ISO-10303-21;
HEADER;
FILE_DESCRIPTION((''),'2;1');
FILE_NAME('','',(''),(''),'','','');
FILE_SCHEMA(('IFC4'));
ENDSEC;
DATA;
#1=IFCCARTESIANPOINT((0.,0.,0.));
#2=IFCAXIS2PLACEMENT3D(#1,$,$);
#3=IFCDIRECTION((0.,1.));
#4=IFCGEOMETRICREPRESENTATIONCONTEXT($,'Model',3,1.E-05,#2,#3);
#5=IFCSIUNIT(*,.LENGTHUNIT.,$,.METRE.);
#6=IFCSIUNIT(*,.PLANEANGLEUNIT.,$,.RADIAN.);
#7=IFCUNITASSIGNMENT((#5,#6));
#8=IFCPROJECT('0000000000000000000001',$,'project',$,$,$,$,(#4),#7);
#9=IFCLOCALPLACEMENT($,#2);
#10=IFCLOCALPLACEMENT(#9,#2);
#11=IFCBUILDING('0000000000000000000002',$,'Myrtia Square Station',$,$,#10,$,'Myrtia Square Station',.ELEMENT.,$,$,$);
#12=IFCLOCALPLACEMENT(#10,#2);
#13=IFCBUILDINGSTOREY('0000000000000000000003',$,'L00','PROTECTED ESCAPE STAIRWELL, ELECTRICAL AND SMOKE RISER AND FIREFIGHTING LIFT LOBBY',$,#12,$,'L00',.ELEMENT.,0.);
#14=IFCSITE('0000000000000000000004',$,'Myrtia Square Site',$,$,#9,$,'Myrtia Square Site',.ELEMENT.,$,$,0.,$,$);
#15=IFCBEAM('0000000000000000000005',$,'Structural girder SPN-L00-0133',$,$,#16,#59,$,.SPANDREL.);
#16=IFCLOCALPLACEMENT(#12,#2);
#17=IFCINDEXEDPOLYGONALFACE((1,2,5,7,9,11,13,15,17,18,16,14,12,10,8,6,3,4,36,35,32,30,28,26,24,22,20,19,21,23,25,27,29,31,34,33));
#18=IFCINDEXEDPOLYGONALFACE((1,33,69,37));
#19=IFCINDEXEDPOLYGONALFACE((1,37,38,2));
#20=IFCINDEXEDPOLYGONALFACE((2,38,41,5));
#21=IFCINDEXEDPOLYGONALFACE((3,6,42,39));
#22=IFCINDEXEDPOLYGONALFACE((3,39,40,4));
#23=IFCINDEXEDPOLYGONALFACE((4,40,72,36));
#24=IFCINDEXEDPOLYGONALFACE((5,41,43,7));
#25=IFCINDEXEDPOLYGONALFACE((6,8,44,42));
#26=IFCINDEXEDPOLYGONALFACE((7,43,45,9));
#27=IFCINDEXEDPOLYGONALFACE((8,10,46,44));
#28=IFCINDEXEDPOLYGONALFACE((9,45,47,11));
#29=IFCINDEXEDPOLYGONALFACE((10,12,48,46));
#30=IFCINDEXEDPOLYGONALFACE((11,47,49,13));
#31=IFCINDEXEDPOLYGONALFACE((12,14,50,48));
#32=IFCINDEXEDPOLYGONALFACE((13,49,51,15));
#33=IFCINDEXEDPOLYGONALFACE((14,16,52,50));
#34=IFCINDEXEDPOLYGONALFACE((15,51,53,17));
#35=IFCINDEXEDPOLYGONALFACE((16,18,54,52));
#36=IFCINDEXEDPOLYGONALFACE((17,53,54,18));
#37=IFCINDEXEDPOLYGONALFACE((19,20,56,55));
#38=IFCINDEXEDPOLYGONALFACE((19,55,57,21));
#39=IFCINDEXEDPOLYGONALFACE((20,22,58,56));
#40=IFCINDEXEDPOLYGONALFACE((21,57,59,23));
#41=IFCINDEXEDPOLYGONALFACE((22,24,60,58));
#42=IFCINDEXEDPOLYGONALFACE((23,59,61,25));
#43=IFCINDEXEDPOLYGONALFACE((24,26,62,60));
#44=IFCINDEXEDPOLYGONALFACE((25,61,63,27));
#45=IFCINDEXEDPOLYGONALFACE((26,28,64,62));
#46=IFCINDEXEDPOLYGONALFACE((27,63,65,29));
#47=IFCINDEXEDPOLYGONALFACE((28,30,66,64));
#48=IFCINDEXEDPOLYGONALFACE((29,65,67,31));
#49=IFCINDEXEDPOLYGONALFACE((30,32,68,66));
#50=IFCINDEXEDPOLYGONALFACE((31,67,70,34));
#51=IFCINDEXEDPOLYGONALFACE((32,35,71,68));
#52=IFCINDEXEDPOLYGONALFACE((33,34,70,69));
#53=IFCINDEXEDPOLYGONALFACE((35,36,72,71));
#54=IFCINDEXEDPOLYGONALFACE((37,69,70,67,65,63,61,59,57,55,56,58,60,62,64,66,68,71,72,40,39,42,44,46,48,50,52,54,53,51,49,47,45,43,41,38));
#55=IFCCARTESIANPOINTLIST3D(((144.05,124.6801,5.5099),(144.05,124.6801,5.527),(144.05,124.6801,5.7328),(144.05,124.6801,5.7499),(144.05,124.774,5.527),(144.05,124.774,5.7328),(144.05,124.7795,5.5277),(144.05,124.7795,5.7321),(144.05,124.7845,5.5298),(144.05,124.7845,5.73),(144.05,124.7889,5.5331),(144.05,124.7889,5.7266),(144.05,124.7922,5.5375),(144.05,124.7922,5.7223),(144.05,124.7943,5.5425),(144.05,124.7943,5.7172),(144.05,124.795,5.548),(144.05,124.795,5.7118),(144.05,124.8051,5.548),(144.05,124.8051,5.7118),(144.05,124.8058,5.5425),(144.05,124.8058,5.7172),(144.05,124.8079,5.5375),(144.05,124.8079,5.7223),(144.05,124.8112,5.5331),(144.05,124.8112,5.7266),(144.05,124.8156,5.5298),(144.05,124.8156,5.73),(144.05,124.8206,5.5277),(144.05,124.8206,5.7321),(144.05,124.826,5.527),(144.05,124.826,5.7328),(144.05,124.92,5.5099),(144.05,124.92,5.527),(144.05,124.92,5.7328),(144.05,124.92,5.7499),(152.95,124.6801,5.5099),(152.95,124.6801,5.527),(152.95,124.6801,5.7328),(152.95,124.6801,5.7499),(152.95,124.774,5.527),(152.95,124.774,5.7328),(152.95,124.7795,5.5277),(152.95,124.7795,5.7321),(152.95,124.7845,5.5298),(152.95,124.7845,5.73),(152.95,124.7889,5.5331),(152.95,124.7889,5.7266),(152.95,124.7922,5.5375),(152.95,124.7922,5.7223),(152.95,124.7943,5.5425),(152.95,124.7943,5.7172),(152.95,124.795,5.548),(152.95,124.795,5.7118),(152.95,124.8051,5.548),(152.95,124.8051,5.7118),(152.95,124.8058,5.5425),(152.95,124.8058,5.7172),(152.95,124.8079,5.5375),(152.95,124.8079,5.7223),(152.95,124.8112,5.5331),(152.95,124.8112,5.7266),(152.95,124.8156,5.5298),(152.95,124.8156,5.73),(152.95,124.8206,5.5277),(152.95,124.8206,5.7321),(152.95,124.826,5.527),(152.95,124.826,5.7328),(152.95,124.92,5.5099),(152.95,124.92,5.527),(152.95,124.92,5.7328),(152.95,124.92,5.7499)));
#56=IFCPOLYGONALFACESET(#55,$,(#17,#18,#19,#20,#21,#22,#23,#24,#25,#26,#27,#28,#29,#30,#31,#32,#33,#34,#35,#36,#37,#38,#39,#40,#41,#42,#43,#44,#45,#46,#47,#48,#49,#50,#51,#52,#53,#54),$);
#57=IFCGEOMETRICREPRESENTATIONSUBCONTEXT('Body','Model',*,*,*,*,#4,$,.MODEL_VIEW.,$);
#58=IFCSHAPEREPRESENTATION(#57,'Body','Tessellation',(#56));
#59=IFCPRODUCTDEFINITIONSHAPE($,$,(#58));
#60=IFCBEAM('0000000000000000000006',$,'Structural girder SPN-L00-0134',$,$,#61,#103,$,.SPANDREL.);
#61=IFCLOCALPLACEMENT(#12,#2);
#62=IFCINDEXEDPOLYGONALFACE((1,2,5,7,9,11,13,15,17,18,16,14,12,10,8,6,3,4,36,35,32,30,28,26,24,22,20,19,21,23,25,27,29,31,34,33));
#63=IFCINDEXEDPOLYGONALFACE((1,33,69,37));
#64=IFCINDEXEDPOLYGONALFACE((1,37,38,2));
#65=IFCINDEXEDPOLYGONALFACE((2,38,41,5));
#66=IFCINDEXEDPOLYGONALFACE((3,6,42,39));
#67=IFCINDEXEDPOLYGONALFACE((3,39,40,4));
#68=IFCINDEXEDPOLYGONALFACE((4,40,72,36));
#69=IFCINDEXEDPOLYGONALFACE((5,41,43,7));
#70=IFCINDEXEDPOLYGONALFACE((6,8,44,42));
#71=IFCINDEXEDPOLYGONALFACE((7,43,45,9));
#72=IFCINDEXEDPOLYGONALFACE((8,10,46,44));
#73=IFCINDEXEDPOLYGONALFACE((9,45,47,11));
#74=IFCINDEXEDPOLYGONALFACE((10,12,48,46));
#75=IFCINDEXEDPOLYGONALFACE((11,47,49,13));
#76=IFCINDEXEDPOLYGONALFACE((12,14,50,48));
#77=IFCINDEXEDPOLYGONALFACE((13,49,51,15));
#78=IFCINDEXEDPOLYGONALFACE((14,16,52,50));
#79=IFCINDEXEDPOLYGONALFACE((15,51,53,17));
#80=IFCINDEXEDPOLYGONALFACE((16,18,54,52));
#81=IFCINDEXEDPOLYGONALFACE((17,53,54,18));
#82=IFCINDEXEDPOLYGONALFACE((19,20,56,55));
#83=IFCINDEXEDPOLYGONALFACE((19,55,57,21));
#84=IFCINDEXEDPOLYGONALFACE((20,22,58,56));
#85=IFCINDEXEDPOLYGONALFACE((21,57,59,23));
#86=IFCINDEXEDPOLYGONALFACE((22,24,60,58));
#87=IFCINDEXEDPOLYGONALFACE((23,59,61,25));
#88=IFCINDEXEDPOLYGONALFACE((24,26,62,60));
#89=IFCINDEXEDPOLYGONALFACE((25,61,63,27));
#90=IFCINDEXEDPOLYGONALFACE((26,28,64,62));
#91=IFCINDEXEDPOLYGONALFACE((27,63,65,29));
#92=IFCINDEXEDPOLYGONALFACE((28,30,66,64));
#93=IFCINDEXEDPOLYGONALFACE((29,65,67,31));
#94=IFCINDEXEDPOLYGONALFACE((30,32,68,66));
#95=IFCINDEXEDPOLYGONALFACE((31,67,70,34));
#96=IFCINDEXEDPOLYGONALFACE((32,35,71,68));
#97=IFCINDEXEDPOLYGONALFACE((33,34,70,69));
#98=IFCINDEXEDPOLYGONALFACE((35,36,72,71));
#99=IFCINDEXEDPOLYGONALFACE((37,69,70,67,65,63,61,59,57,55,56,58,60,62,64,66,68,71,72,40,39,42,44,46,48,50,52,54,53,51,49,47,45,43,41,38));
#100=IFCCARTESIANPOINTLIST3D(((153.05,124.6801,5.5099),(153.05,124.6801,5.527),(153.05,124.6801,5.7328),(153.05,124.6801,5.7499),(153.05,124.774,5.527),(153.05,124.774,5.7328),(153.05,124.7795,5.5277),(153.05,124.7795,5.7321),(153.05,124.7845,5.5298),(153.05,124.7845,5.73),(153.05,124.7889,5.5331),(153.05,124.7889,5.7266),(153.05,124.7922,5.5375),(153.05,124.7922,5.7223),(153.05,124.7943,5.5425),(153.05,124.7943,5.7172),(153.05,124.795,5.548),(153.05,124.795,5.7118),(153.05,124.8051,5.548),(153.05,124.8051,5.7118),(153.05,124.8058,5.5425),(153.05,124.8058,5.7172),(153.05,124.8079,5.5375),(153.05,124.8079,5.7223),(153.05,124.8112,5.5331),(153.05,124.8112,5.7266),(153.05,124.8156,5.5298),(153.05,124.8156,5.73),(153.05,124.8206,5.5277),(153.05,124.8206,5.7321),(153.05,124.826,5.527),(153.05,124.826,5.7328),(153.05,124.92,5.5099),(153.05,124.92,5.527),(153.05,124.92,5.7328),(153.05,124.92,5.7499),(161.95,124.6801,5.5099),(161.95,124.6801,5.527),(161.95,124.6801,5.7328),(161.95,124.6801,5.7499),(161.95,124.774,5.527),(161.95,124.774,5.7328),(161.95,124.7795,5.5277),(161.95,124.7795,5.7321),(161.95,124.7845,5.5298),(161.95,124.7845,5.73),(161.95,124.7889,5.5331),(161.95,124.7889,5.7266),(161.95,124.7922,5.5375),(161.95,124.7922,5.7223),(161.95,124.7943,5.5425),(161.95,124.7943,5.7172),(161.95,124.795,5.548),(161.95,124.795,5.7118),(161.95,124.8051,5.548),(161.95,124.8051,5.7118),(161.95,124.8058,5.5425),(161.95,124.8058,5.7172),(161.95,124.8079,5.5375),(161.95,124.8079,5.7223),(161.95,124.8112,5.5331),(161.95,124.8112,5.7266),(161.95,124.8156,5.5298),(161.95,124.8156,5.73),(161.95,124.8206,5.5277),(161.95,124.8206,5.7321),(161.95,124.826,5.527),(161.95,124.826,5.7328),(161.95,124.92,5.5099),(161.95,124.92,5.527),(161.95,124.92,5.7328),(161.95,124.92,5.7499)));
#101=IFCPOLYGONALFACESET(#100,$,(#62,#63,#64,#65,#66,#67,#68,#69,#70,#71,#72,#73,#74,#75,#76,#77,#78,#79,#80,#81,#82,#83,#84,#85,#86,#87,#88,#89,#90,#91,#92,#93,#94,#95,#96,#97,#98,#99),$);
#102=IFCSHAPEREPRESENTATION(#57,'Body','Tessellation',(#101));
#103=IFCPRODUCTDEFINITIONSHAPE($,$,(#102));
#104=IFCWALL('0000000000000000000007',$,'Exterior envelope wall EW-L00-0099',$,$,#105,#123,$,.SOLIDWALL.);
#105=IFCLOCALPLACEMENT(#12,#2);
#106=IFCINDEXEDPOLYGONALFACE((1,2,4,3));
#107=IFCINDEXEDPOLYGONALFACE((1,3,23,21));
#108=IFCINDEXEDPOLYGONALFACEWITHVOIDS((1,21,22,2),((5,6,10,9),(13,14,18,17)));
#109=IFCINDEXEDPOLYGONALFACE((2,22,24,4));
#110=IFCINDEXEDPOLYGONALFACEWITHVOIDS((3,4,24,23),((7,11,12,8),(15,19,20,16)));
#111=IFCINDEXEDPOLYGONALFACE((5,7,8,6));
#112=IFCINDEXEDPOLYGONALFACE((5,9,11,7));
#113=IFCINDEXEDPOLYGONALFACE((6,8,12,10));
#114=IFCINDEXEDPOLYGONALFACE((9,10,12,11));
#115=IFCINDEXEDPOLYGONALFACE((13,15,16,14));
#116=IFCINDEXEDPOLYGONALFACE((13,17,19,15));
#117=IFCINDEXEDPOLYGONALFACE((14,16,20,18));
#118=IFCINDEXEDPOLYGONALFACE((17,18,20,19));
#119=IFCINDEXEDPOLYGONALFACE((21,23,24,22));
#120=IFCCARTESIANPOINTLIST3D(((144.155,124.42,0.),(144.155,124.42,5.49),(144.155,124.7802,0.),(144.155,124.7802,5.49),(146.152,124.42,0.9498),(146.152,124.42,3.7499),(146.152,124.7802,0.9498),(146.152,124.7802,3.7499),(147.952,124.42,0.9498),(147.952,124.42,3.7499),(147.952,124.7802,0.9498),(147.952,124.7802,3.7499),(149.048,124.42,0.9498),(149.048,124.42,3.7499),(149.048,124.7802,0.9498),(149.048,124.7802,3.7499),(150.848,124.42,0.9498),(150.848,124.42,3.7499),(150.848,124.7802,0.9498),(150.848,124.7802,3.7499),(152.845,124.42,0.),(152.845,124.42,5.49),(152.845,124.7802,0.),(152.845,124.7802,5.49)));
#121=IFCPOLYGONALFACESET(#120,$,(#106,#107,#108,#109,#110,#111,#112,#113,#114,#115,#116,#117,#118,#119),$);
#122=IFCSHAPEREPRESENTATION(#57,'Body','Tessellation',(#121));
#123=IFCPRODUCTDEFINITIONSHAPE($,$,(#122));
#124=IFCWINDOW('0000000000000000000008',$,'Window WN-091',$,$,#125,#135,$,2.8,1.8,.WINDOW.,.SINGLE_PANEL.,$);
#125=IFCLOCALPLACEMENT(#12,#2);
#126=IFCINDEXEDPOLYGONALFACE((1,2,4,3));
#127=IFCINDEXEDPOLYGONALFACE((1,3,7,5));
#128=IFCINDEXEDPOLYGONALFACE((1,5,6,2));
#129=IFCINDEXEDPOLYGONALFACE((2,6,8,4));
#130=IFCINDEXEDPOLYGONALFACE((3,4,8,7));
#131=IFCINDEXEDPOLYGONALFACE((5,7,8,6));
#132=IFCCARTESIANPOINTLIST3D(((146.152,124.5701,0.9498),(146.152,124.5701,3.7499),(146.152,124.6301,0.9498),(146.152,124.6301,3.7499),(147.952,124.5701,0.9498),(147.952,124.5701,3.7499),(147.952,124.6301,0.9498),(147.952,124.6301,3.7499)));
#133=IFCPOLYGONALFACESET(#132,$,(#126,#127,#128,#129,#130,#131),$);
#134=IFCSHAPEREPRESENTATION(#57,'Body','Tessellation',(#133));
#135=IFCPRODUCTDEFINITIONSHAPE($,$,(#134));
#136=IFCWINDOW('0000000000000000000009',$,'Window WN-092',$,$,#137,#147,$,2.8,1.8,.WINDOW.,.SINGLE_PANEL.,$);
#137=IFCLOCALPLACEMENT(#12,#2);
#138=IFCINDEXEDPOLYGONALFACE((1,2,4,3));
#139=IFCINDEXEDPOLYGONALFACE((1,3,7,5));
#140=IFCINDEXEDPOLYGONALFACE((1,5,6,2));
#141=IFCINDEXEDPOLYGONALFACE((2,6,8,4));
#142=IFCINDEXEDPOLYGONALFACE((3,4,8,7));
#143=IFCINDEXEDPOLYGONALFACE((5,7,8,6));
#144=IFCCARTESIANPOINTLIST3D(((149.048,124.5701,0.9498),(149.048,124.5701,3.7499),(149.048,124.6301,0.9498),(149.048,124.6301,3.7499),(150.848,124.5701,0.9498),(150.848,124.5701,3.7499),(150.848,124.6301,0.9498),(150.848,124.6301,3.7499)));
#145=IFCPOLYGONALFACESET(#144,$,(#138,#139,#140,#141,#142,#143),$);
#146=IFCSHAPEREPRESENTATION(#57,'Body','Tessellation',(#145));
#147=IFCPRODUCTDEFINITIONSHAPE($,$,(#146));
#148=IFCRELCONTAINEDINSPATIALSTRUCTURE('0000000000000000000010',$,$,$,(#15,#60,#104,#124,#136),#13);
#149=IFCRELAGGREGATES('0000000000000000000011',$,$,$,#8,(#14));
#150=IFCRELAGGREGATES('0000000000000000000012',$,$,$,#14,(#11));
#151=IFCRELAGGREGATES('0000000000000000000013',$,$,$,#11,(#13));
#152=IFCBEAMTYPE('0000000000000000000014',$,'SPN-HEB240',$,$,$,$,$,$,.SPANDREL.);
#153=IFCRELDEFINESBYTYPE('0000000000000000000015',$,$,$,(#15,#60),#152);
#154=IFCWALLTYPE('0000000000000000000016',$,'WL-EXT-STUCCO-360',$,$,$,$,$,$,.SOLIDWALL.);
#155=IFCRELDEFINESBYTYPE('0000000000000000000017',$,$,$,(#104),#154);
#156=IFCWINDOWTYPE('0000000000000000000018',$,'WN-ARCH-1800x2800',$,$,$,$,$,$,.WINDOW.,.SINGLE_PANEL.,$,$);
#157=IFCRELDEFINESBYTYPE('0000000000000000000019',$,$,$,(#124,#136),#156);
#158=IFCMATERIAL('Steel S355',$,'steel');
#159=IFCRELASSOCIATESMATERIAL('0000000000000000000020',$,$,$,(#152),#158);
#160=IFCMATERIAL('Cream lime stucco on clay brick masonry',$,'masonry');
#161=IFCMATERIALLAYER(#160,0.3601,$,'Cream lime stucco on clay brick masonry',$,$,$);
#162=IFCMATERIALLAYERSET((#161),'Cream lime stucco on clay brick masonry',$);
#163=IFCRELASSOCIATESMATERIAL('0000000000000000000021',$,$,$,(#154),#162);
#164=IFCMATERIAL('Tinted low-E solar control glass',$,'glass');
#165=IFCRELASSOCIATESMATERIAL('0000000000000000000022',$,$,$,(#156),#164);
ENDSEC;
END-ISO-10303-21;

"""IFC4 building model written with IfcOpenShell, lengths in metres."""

from ifc_helpers import new_model, si_unit, direction, frame, frame_2d, origin, origin_2d, place, context, subcontext, project, spatial, rectangle, i_section, extrude, material, layer, layer_set, material_profile, profile_set, type_object, element, fill, save


model = new_model("IFC4")

# Units and contexts
model_context = context("Model", 3, precision=1e-05, world=origin(), true_north=direction((0.0, 1.0)))
body_context = subcontext(model_context, "Body", "Model", "MODEL_VIEW")
ifc_project = project(units=[si_unit("LENGTHUNIT", "METRE"), si_unit("PLANEANGLEUNIT", "RADIAN")], contexts=[model_context])

# Site, building, storey
site_placement = place(None, origin())
site = spatial("IfcSite", under=ifc_project, at=site_placement, Name="Myrtia Square Site", LongName="Myrtia Square Site", CompositionType="ELEMENT", RefElevation=0.0)
building_placement = place(site_placement, origin())
building = spatial("IfcBuilding", under=site, at=building_placement, Name="Myrtia Square Station", LongName="Myrtia Square Station", CompositionType="ELEMENT")
storey_placement = place(building_placement, origin())
storey = spatial("IfcBuildingStorey", under=building, at=storey_placement, Name="L00", Description="PROTECTED ESCAPE STAIRWELL, ELECTRICAL AND SMOKE RISER AND FIREFIGHTING LIFT LOBBY", LongName="L00", CompositionType="ELEMENT", Elevation=0.0)

# Shared definitions
ifc_material_1 = material(Name="Steel S355", Category="steel")

# Beams
ifc_material_profile_1 = material_profile(ifc_material_1, i_section(OverallWidth=0.24, OverallDepth=0.24, WebThickness=0.01, FlangeThickness=0.0171, FilletRadius=0.021, at=origin_2d()), Name="HEB 240")
ifc_profile_set_1 = profile_set([ifc_material_profile_1], Name="Steel S355")
beam_type_1 = type_object("IfcBeamType", Name="SPN-HEB240", PredefinedType="SPANDREL", material=ifc_profile_set_1)
for number, where, z_axis, x_axis, name in (
    (1, (144.05, 124.8, 5.6299), (1.0, 0.0, 0.0), (0.0, 1.0, 0.0), "Structural girder SPN-L00-0133"),
    (2, (153.05, 124.8, 5.6299), (1.0, 0.0, 0.0), (0.0, 1.0, 0.0), "Structural girder SPN-L00-0134"),
):
    element("IfcBeam", number, at=place(storey_placement, frame(where, z_axis=z_axis, x_axis=x_axis)), inside=storey, type_object=beam_type_1, Name=name, PredefinedType="SPANDREL", context=body_context, shape_type="SweptSolid", body=[
        extrude(i_section(OverallWidth=0.24, OverallDepth=0.24, WebThickness=0.01, FlangeThickness=0.0171, FilletRadius=0.021, at=origin_2d()), origin(), (0.0, 0.0, 1.0), 8.8999),
    ])

# Wall, openings, windows
ifc_material_2 = material(Name="Cream lime stucco on clay brick masonry", Category="masonry")
ifc_layer_1 = layer(ifc_material_2, 0.3601, Name="Cream lime stucco on clay brick masonry")
ifc_layer_set_1 = layer_set([ifc_layer_1], Name="Cream lime stucco on clay brick masonry")
wall_type = type_object("IfcWallType", Name="WL-EXT-STUCCO-360", PredefinedType="SOLIDWALL", material=ifc_layer_set_1)
wall_1_placement = place(storey_placement, frame((144.155, 124.6001, 0.0), z_axis=(0.0, 0.0, 1.0), x_axis=(1.0, 0.0, 0.0)))
wall_1 = element("IfcWall", 3, at=wall_1_placement, inside=storey, type_object=wall_type, Name="Exterior envelope wall EW-L00-0099", PredefinedType="SOLIDWALL", context=body_context, shape_type="SweptSolid", body=[
    extrude(rectangle(XDim=8.6899, YDim=0.3601, at=frame_2d((4.345, 0.0))), origin(), (0.0, 0.0, 1.0), 5.49),
])
opening_1_placement = place(wall_1_placement, frame((1.9971, 0.0, 0.95)))
opening_1 = element("IfcOpeningElement", 4, at=opening_1_placement, cuts=wall_1, PredefinedType="OPENING", context=body_context, shape_type="SweptSolid", body=[
    extrude(rectangle(XDim=1.8, YDim=2.8, at=frame_2d((0.8999, 1.3999))), frame((0.0, 0.1951, 0.0), z_axis=(0.0, -1.0, 0.0), x_axis=(1.0, 0.0, 0.0)), (0.0, 0.0, 1.0), 0.3901),
])
opening_2_placement = place(wall_1_placement, frame((4.8931, 0.0, 0.95)))
opening_2 = element("IfcOpeningElement", 5, at=opening_2_placement, cuts=wall_1, PredefinedType="OPENING", context=body_context, shape_type="SweptSolid", body=[
    extrude(rectangle(XDim=1.8, YDim=2.8, at=frame_2d((0.8999, 1.3999))), frame((0.0, 0.1951, 0.0), z_axis=(0.0, -1.0, 0.0), x_axis=(1.0, 0.0, 0.0)), (0.0, 0.0, 1.0), 0.3901),
])
ifc_material_3 = material(Name="Tinted low-E solar control glass", Category="glass")
window_type = type_object("IfcWindowType", Name="WN-ARCH-1800x2800", PartitioningType="SINGLE_PANEL", PredefinedType="WINDOW", material=ifc_material_3)
window_1_placement = place(opening_1_placement, origin())
window_1 = element("IfcWindow", 6, at=window_1_placement, inside=storey, type_object=window_type, Name="Window WN-091", OverallHeight=2.8, OverallWidth=1.8, PartitioningType="SINGLE_PANEL", PredefinedType="WINDOW", context=body_context, shape_type="SweptSolid", body=[
    extrude(rectangle(XDim=1.8, YDim=2.8, at=frame_2d((0.8999, 1.3999))), frame((0.0, 0.03, 0.0), z_axis=(0.0, -1.0, 0.0), x_axis=(1.0, 0.0, 0.0)), (0.0, 0.0, 1.0), 0.0601),
])
fill(opening_1, window_1)
window_2_placement = place(opening_2_placement, origin())
window_2 = element("IfcWindow", 7, at=window_2_placement, inside=storey, type_object=window_type, Name="Window WN-092", OverallHeight=2.8, OverallWidth=1.8, PartitioningType="SINGLE_PANEL", PredefinedType="WINDOW", context=body_context, shape_type="SweptSolid", body=[
    extrude(rectangle(XDim=1.8, YDim=2.8, at=frame_2d((0.8999, 1.3999))), frame((0.0, 0.03, 0.0), z_axis=(0.0, -1.0, 0.0), x_axis=(1.0, 0.0, 0.0)), (0.0, 0.0, 1.0), 0.0601),
])
fill(opening_2, window_2)

save(model, "model.ifc")
